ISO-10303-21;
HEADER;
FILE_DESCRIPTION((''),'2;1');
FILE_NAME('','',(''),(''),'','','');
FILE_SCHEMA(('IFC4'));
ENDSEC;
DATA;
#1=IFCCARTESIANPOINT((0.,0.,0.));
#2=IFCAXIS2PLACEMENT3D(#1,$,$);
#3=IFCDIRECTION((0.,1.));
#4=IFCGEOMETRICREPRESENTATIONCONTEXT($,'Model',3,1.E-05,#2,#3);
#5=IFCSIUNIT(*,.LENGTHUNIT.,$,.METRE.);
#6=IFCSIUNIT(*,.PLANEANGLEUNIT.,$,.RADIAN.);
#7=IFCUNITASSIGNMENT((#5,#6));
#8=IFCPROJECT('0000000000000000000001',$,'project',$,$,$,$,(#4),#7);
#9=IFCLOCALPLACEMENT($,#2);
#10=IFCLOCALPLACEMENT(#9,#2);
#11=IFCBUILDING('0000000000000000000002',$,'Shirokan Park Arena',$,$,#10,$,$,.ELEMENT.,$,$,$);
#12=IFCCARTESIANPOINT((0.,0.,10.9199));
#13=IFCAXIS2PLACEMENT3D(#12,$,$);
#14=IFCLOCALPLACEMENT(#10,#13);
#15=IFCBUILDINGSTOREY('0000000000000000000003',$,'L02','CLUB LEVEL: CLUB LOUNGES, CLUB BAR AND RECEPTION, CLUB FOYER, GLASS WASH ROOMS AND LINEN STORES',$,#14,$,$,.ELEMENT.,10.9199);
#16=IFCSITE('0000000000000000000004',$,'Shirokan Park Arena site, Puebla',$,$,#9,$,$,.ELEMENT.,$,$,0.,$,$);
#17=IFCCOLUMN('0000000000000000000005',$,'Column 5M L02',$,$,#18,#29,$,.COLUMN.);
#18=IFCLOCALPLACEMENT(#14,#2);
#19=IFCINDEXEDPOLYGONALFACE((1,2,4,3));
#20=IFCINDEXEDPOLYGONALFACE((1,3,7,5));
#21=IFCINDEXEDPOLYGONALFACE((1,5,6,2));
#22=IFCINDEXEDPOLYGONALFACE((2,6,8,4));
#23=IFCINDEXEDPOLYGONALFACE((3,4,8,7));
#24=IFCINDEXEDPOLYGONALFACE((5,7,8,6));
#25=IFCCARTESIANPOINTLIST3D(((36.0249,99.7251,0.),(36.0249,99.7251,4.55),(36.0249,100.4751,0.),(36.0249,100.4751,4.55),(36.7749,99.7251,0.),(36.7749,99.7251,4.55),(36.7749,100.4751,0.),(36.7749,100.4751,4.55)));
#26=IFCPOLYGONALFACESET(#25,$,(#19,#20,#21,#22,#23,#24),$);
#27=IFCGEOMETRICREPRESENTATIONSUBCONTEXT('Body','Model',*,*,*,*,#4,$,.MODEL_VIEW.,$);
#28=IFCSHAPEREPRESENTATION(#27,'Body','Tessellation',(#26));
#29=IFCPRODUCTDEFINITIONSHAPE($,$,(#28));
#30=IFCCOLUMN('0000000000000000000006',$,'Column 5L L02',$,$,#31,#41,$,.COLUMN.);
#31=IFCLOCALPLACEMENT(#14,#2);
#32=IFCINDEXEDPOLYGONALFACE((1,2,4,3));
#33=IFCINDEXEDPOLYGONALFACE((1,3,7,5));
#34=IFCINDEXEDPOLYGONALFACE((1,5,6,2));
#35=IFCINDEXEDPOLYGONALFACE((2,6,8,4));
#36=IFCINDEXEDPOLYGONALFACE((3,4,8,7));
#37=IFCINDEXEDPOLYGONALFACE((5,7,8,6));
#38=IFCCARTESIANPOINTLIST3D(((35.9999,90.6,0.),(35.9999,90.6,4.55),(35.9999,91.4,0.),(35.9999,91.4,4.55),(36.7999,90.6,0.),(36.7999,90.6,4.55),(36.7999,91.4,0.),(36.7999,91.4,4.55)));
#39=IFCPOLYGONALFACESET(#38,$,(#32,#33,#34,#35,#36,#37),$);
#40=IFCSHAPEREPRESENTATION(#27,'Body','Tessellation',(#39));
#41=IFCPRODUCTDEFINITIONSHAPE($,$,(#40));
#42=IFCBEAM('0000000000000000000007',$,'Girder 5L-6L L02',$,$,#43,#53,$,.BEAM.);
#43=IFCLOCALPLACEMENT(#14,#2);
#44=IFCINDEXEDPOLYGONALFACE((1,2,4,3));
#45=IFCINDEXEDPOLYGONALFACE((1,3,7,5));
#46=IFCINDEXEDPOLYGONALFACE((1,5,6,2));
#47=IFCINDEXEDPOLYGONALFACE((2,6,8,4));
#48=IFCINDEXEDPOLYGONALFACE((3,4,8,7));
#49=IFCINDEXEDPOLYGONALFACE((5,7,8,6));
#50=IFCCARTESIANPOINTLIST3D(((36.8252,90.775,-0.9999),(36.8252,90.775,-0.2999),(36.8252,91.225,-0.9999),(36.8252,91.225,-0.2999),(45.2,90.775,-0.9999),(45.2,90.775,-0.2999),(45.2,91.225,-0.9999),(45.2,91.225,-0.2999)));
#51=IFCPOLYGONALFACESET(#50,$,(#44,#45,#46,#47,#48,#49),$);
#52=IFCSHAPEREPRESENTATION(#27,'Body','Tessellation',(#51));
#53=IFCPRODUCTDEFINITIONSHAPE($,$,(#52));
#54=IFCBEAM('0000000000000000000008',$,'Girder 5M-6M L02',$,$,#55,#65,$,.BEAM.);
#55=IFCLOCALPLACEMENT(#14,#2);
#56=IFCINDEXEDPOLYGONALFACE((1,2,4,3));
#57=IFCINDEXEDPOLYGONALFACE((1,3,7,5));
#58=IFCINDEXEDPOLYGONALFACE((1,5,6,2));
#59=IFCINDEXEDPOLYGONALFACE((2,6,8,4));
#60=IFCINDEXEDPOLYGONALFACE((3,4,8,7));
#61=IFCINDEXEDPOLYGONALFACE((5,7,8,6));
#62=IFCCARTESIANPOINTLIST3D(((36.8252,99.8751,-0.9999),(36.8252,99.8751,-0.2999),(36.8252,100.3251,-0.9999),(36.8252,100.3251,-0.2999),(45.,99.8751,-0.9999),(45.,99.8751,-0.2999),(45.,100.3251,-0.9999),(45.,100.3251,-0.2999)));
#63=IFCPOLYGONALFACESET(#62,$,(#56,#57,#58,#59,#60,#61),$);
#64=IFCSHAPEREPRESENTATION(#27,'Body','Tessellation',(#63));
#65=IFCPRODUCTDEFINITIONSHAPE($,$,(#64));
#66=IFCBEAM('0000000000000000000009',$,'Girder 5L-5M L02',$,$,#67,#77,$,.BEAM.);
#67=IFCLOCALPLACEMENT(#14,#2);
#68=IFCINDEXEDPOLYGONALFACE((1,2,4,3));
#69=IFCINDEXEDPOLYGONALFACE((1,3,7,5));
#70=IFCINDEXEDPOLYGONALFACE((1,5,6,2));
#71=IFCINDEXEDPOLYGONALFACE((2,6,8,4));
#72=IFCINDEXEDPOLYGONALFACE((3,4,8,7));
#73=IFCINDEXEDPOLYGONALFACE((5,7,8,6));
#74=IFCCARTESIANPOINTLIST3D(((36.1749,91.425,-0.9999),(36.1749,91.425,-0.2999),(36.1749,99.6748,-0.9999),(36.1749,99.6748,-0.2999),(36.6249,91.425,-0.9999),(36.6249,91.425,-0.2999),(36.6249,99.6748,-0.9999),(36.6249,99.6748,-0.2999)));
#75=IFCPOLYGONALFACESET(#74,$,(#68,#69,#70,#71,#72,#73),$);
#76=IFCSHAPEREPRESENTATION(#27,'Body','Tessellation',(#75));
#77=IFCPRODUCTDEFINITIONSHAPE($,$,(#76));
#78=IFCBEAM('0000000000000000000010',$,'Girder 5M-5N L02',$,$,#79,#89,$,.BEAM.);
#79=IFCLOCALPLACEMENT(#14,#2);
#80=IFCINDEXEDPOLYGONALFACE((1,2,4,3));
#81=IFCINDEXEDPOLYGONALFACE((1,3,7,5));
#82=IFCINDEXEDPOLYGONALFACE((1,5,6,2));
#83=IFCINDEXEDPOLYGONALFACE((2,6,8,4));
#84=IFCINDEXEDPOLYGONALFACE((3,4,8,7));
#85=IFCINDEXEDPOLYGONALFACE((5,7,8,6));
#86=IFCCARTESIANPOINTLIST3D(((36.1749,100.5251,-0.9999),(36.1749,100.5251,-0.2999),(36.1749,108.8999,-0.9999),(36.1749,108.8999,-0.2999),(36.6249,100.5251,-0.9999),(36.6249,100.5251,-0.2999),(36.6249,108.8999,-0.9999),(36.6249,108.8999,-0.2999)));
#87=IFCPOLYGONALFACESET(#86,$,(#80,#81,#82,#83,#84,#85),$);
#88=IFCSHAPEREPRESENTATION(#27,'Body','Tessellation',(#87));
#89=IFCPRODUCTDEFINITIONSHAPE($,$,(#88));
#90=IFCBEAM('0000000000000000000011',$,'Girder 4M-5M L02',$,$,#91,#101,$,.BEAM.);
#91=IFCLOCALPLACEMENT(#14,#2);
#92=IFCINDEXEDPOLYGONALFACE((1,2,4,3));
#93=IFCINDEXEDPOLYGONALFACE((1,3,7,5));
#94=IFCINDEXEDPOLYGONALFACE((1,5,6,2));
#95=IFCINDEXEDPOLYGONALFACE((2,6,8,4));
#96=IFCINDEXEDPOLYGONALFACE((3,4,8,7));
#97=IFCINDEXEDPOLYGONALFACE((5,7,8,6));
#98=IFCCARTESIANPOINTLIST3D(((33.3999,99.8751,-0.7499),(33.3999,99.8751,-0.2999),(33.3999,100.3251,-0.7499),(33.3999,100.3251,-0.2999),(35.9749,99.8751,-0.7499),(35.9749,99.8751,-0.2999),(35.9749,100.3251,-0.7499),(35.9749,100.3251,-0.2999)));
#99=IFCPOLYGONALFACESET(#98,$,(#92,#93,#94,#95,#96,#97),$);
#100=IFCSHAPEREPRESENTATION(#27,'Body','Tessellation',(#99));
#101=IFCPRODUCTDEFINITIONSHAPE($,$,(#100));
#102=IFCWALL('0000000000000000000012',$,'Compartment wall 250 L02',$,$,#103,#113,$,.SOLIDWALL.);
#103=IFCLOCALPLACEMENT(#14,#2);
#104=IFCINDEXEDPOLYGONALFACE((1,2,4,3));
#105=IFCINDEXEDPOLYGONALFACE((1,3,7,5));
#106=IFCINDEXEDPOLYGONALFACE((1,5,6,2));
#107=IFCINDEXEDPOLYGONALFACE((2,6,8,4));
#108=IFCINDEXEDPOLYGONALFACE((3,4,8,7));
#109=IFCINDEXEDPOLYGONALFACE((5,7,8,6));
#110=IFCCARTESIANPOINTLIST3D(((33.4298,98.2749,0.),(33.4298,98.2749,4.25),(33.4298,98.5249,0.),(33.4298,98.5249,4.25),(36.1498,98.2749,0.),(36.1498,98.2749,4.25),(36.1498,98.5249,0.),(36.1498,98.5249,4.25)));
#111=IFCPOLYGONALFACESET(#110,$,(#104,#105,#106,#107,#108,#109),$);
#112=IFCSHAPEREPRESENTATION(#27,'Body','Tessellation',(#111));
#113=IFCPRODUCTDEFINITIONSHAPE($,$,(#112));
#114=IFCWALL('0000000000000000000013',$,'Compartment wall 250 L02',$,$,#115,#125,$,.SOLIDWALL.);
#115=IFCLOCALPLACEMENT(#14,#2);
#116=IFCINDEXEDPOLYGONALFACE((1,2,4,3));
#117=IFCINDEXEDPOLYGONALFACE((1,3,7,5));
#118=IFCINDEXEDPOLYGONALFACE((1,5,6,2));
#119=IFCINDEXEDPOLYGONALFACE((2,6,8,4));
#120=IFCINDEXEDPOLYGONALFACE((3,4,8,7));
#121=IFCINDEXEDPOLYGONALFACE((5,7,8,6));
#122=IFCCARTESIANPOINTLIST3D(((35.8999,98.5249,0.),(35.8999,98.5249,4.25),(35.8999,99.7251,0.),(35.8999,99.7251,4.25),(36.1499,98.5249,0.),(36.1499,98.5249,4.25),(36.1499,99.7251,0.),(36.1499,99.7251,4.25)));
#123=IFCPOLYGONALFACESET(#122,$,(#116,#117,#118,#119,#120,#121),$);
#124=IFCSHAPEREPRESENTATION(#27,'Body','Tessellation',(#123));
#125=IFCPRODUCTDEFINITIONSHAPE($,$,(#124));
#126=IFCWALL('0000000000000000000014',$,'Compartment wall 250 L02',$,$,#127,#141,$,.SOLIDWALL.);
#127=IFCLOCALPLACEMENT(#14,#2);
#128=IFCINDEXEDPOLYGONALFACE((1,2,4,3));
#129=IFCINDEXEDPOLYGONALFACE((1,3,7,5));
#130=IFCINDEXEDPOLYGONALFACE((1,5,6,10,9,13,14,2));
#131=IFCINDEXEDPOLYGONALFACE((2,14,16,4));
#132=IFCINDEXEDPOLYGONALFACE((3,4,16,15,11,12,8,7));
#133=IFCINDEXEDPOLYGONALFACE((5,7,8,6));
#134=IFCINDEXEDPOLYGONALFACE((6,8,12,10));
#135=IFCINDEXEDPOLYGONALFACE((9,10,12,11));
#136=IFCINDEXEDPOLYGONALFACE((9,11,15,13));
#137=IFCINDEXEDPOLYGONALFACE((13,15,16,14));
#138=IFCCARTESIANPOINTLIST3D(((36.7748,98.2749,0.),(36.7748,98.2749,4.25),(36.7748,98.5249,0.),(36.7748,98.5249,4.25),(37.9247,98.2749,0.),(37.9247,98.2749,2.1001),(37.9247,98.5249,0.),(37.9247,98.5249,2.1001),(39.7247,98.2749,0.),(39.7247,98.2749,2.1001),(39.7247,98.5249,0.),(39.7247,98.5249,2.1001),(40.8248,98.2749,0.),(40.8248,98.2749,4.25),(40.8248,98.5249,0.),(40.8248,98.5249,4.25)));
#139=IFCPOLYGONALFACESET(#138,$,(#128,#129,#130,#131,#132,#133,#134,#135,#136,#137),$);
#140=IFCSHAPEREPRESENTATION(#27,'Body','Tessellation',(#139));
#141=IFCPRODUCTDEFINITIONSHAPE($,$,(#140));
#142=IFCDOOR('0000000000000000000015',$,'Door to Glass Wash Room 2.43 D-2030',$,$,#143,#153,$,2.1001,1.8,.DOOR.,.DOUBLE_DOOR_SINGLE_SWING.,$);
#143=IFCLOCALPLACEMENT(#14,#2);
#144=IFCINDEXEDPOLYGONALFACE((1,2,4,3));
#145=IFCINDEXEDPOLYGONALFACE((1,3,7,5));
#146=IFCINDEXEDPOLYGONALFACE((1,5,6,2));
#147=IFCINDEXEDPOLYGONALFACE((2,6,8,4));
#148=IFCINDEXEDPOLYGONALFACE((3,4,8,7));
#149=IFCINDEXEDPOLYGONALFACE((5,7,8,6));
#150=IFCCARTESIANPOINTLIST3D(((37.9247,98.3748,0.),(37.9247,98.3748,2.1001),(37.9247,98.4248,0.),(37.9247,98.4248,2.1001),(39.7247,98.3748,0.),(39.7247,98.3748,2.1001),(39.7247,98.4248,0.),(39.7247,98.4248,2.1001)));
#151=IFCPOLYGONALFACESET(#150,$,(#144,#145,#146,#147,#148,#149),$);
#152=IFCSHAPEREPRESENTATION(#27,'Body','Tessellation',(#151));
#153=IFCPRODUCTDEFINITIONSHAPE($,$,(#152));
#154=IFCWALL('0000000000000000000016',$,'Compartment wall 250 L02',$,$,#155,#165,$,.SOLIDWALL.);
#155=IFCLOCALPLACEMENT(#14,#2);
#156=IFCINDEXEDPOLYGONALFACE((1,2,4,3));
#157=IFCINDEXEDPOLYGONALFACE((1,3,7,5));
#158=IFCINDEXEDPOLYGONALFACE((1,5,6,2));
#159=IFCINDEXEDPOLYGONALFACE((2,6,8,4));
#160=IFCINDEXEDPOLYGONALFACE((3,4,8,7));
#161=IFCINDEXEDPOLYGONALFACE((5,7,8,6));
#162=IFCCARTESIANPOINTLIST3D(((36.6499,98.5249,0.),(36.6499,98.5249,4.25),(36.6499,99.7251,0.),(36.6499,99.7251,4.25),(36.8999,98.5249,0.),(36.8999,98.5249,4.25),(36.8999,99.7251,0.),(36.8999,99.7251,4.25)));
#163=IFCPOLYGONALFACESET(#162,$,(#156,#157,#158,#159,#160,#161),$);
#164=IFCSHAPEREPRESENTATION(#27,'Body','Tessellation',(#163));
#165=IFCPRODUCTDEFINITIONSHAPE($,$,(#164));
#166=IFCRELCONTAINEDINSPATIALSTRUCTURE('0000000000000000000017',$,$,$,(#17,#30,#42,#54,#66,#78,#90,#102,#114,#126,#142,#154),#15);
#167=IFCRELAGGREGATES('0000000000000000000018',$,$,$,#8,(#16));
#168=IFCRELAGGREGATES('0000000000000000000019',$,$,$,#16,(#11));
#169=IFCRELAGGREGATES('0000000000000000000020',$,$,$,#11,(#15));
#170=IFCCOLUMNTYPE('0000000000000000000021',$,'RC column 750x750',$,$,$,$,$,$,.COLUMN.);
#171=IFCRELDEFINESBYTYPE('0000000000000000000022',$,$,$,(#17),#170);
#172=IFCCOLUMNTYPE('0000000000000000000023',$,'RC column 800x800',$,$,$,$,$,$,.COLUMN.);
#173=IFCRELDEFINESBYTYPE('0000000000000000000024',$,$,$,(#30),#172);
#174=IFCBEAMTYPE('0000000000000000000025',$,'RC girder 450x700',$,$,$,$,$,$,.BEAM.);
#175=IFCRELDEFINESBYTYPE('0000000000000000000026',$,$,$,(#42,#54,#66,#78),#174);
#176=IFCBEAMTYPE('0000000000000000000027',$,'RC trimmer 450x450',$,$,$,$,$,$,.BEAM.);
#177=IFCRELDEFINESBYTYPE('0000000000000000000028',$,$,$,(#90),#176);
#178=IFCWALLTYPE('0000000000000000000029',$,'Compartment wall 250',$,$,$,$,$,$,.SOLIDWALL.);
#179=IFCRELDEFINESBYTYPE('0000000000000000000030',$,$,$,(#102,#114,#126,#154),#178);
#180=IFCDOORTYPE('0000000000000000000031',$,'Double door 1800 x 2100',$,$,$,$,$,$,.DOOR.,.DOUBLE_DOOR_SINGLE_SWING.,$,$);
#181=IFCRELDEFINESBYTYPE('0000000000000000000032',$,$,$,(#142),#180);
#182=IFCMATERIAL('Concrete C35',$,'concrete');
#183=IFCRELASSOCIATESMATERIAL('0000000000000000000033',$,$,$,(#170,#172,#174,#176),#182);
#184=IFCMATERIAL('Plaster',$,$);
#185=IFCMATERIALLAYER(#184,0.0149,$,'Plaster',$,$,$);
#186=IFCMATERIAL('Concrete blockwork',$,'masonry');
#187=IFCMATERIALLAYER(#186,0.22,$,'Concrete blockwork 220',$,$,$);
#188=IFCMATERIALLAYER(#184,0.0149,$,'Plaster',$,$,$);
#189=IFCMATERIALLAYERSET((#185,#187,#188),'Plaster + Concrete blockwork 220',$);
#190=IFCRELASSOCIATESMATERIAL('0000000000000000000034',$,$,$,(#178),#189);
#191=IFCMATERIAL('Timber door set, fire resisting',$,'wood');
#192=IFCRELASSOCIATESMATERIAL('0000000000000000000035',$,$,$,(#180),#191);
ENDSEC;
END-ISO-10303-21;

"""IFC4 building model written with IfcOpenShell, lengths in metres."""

from ifc_helpers import new_model, si_unit, direction, frame, frame_2d, origin, origin_2d, place, context, subcontext, project, spatial, rectangle, extrude, material, layer, layer_set, material_profile, profile_set, type_object, element, fill, save


model = new_model("IFC4")

# Units and contexts
model_context = context("Model", 3, precision=1e-05, world=origin(), true_north=direction((0.0, 1.0)))
body_context = subcontext(model_context, "Body", "Model", "MODEL_VIEW")
ifc_project = project(units=[si_unit("LENGTHUNIT", "METRE"), si_unit("PLANEANGLEUNIT", "RADIAN")], contexts=[model_context])

# Site, building, storey
site_placement = place(None, origin())
site = spatial("IfcSite", under=ifc_project, at=site_placement, Name="Shirokan Park Arena site, Puebla", CompositionType="ELEMENT", RefElevation=0.0)
building_placement = place(site_placement, origin())
building = spatial("IfcBuilding", under=site, at=building_placement, Name="Shirokan Park Arena", CompositionType="ELEMENT")
storey_placement = place(building_placement, frame((0.0, 0.0, 10.9199)))
storey = spatial("IfcBuildingStorey", under=building, at=storey_placement, Name="L02", Description="CLUB LEVEL: CLUB LOUNGES, CLUB BAR AND RECEPTION, CLUB FOYER, GLASS WASH ROOMS AND LINEN STORES", CompositionType="ELEMENT", Elevation=10.9199)

# Columns
ifc_material_1 = material(Name="Concrete C35", Category="concrete")
ifc_material_profile_1 = material_profile(ifc_material_1, rectangle(XDim=0.75, YDim=0.75, at=origin_2d()), Name="750x750")
ifc_profile_set_1 = profile_set([ifc_material_profile_1], Name="Concrete C35")
column_type_1 = type_object("IfcColumnType", Name="RC column 750x750", PredefinedType="COLUMN", material=ifc_profile_set_1)
column_1_placement = place(storey_placement, frame((36.3999, 100.1001, 0.0), z_axis=(0.0, 0.0, 1.0), x_axis=(1.0, 0.0, 0.0)))
element("IfcColumn", 1, at=column_1_placement, inside=storey, type_object=column_type_1, Name="Column 5M L02", PredefinedType="COLUMN", context=body_context, shape_type="SweptSolid", body=[
    extrude(rectangle(XDim=0.75, YDim=0.75, at=origin_2d()), origin(), (0.0, 0.0, 1.0), 4.55),
])
ifc_material_profile_2 = material_profile(ifc_material_1, rectangle(XDim=0.8, YDim=0.8, at=origin_2d()), Name="800x800")
ifc_profile_set_2 = profile_set([ifc_material_profile_2], Name="Concrete C35")
column_type_2 = type_object("IfcColumnType", Name="RC column 800x800", PredefinedType="COLUMN", material=ifc_profile_set_2)
column_2_placement = place(storey_placement, frame((36.3999, 91.0, 0.0), z_axis=(0.0, 0.0, 1.0), x_axis=(1.0, 0.0, 0.0)))
element("IfcColumn", 2, at=column_2_placement, inside=storey, type_object=column_type_2, Name="Column 5L L02", PredefinedType="COLUMN", context=body_context, shape_type="SweptSolid", body=[
    extrude(rectangle(XDim=0.8, YDim=0.8, at=origin_2d()), origin(), (0.0, 0.0, 1.0), 4.55),
])

# Beams
ifc_material_profile_3 = material_profile(ifc_material_1, rectangle(XDim=0.45, YDim=0.7, at=origin_2d()), Name="450x700")
ifc_profile_set_3 = profile_set([ifc_material_profile_3], Name="Concrete C35")
beam_type_1 = type_object("IfcBeamType", Name="RC girder 450x700", PredefinedType="BEAM", material=ifc_profile_set_3)
beam_1_placement = place(storey_placement, frame((36.8252, 91.0, -0.6499), z_axis=(1.0, 0.0, 0.0), x_axis=(0.0, 1.0, 0.0)))
element("IfcBeam", 3, at=beam_1_placement, inside=storey, type_object=beam_type_1, Name="Girder 5L-6L L02", PredefinedType="BEAM", context=body_context, shape_type="SweptSolid", body=[
    extrude(rectangle(XDim=0.45, YDim=0.7, at=origin_2d()), origin(), (0.0, 0.0, 1.0), 8.3748),
])
beam_2_placement = place(storey_placement, frame((36.8252, 100.1001, -0.6499), z_axis=(1.0, 0.0, 0.0), x_axis=(0.0, 1.0, 0.0)))
element("IfcBeam", 4, at=beam_2_placement, inside=storey, type_object=beam_type_1, Name="Girder 5M-6M L02", PredefinedType="BEAM", context=body_context, shape_type="SweptSolid", body=[
    extrude(rectangle(XDim=0.45, YDim=0.7, at=origin_2d()), origin(), (0.0, 0.0, 1.0), 8.1748),
])
beam_3_placement = place(storey_placement, frame((36.3999, 91.425, -0.6499), z_axis=(0.0, 1.0, 0.0), x_axis=(-1.0, 0.0, 0.0)))
element("IfcBeam", 5, at=beam_3_placement, inside=storey, type_object=beam_type_1, Name="Girder 5L-5M L02", PredefinedType="BEAM", context=body_context, shape_type="SweptSolid", body=[
    extrude(rectangle(XDim=0.45, YDim=0.7, at=origin_2d()), origin(), (0.0, 0.0, 1.0), 8.2498),
])
beam_4_placement = place(storey_placement, frame((36.3999, 100.5251, -0.6499), z_axis=(0.0, 1.0, 0.0), x_axis=(-1.0, 0.0, 0.0)))
element("IfcBeam", 6, at=beam_4_placement, inside=storey, type_object=beam_type_1, Name="Girder 5M-5N L02", PredefinedType="BEAM", context=body_context, shape_type="SweptSolid", body=[
    extrude(rectangle(XDim=0.45, YDim=0.7, at=origin_2d()), origin(), (0.0, 0.0, 1.0), 8.3748),
])
ifc_material_profile_4 = material_profile(ifc_material_1, rectangle(XDim=0.45, YDim=0.45, at=origin_2d()), Name="450x450")
ifc_profile_set_4 = profile_set([ifc_material_profile_4], Name="Concrete C35")
beam_type_2 = type_object("IfcBeamType", Name="RC trimmer 450x450", PredefinedType="BEAM", material=ifc_profile_set_4)
beam_5_placement = place(storey_placement, frame((33.3999, 100.1001, -0.5249), z_axis=(1.0, 0.0, 0.0), x_axis=(0.0, 1.0, 0.0)))
element("IfcBeam", 7, at=beam_5_placement, inside=storey, type_object=beam_type_2, Name="Girder 4M-5M L02", PredefinedType="BEAM", context=body_context, shape_type="SweptSolid", body=[
    extrude(rectangle(XDim=0.45, YDim=0.45, at=origin_2d()), origin(), (0.0, 0.0, 1.0), 2.575),
])

# Walls
ifc_material_2 = material(Name="Plaster")
ifc_layer_1 = layer(ifc_material_2, 0.0149, Name="Plaster")
ifc_material_3 = material(Name="Concrete blockwork", Category="masonry")
ifc_layer_2 = layer(ifc_material_3, 0.22, Name="Concrete blockwork 220")
ifc_layer_3 = layer(ifc_material_2, 0.0149, Name="Plaster")
ifc_layer_set_1 = layer_set([ifc_layer_1, ifc_layer_2, ifc_layer_3], Name="Plaster + Concrete blockwork 220")
wall_type_1 = type_object("IfcWallType", Name="Compartment wall 250", PredefinedType="SOLIDWALL", material=ifc_layer_set_1)
wall_1_placement = place(storey_placement, frame((33.4299, 98.3999, 0.0), z_axis=(0.0, 0.0, 1.0), x_axis=(1.0, 0.0, 0.0)))
element("IfcWall", 8, at=wall_1_placement, inside=storey, type_object=wall_type_1, Name="Compartment wall 250 L02", PredefinedType="SOLIDWALL", context=body_context, shape_type="SweptSolid", body=[
    extrude(rectangle(XDim=2.72, YDim=0.25, at=frame_2d((1.3599, 0.0))), origin(), (0.0, 0.0, 1.0), 4.25),
])
wall_2_placement = place(storey_placement, frame((36.0249, 98.5249, 0.0), z_axis=(0.0, 0.0, 1.0), x_axis=(0.0, 1.0, 0.0)))
element("IfcWall", 9, at=wall_2_placement, inside=storey, type_object=wall_type_1, Name="Compartment wall 250 L02", PredefinedType="SOLIDWALL", context=body_context, shape_type="SweptSolid", body=[
    extrude(rectangle(XDim=1.2002, YDim=0.25, at=frame_2d((0.6001, 0.0))), origin(), (0.0, 0.0, 1.0), 4.25),
])

# Wall, opening, door
wall_3_placement = place(storey_placement, frame((36.7749, 98.3999, 0.0), z_axis=(0.0, 0.0, 1.0), x_axis=(1.0, 0.0, 0.0)))
wall_3 = element("IfcWall", 10, at=wall_3_placement, inside=storey, type_object=wall_type_1, Name="Compartment wall 250 L02", PredefinedType="SOLIDWALL", context=body_context, shape_type="SweptSolid", body=[
    extrude(rectangle(XDim=4.05, YDim=0.25, at=frame_2d((2.0249, 0.0))), origin(), (0.0, 0.0, 1.0), 4.25),
])
opening_1_placement = place(wall_3_placement, frame((1.1499, 0.0, 0.0)))
opening_1 = element("IfcOpeningElement", 11, at=opening_1_placement, cuts=wall_3, PredefinedType="OPENING", context=body_context, shape_type="SweptSolid", body=[
    extrude(rectangle(XDim=1.8, YDim=2.1001, at=frame_2d((0.8999, 1.05))), frame((0.0, 0.135, 0.0), z_axis=(0.0, -1.0, 0.0), x_axis=(1.0, 0.0, 0.0)), (0.0, 0.0, 1.0), 0.27),
])
ifc_material_4 = material(Name="Timber door set, fire resisting", Category="wood")
door_type_1 = type_object("IfcDoorType", Name="Double door 1800 x 2100", OperationType="DOUBLE_DOOR_SINGLE_SWING", PredefinedType="DOOR", material=ifc_material_4)
door_1_placement = place(opening_1_placement, origin())
door_1 = element("IfcDoor", 12, at=door_1_placement, inside=storey, type_object=door_type_1, Name="Door to Glass Wash Room 2.43 D-2030", OperationType="DOUBLE_DOOR_SINGLE_SWING", OverallHeight=2.1001, OverallWidth=1.8, PredefinedType="DOOR", context=body_context, shape_type="SweptSolid", body=[
    extrude(rectangle(XDim=1.8, YDim=2.1001, at=frame_2d((0.8999, 1.05))), frame((0.0, 0.0249, 0.0), z_axis=(0.0, -1.0, 0.0), x_axis=(1.0, 0.0, 0.0)), (0.0, 0.0, 1.0), 0.05),
])
fill(opening_1, door_1)

# Wall
wall_4_placement = place(storey_placement, frame((36.7749, 99.7251, 0.0), z_axis=(0.0, 0.0, 1.0), x_axis=(0.0, -1.0, 0.0)))
element("IfcWall", 13, at=wall_4_placement, inside=storey, type_object=wall_type_1, Name="Compartment wall 250 L02", PredefinedType="SOLIDWALL", context=body_context, shape_type="SweptSolid", body=[
    extrude(rectangle(XDim=1.2002, YDim=0.25, at=frame_2d((0.6001, 0.0))), origin(), (0.0, 0.0, 1.0), 4.25),
])

save(model, "model.ifc")
